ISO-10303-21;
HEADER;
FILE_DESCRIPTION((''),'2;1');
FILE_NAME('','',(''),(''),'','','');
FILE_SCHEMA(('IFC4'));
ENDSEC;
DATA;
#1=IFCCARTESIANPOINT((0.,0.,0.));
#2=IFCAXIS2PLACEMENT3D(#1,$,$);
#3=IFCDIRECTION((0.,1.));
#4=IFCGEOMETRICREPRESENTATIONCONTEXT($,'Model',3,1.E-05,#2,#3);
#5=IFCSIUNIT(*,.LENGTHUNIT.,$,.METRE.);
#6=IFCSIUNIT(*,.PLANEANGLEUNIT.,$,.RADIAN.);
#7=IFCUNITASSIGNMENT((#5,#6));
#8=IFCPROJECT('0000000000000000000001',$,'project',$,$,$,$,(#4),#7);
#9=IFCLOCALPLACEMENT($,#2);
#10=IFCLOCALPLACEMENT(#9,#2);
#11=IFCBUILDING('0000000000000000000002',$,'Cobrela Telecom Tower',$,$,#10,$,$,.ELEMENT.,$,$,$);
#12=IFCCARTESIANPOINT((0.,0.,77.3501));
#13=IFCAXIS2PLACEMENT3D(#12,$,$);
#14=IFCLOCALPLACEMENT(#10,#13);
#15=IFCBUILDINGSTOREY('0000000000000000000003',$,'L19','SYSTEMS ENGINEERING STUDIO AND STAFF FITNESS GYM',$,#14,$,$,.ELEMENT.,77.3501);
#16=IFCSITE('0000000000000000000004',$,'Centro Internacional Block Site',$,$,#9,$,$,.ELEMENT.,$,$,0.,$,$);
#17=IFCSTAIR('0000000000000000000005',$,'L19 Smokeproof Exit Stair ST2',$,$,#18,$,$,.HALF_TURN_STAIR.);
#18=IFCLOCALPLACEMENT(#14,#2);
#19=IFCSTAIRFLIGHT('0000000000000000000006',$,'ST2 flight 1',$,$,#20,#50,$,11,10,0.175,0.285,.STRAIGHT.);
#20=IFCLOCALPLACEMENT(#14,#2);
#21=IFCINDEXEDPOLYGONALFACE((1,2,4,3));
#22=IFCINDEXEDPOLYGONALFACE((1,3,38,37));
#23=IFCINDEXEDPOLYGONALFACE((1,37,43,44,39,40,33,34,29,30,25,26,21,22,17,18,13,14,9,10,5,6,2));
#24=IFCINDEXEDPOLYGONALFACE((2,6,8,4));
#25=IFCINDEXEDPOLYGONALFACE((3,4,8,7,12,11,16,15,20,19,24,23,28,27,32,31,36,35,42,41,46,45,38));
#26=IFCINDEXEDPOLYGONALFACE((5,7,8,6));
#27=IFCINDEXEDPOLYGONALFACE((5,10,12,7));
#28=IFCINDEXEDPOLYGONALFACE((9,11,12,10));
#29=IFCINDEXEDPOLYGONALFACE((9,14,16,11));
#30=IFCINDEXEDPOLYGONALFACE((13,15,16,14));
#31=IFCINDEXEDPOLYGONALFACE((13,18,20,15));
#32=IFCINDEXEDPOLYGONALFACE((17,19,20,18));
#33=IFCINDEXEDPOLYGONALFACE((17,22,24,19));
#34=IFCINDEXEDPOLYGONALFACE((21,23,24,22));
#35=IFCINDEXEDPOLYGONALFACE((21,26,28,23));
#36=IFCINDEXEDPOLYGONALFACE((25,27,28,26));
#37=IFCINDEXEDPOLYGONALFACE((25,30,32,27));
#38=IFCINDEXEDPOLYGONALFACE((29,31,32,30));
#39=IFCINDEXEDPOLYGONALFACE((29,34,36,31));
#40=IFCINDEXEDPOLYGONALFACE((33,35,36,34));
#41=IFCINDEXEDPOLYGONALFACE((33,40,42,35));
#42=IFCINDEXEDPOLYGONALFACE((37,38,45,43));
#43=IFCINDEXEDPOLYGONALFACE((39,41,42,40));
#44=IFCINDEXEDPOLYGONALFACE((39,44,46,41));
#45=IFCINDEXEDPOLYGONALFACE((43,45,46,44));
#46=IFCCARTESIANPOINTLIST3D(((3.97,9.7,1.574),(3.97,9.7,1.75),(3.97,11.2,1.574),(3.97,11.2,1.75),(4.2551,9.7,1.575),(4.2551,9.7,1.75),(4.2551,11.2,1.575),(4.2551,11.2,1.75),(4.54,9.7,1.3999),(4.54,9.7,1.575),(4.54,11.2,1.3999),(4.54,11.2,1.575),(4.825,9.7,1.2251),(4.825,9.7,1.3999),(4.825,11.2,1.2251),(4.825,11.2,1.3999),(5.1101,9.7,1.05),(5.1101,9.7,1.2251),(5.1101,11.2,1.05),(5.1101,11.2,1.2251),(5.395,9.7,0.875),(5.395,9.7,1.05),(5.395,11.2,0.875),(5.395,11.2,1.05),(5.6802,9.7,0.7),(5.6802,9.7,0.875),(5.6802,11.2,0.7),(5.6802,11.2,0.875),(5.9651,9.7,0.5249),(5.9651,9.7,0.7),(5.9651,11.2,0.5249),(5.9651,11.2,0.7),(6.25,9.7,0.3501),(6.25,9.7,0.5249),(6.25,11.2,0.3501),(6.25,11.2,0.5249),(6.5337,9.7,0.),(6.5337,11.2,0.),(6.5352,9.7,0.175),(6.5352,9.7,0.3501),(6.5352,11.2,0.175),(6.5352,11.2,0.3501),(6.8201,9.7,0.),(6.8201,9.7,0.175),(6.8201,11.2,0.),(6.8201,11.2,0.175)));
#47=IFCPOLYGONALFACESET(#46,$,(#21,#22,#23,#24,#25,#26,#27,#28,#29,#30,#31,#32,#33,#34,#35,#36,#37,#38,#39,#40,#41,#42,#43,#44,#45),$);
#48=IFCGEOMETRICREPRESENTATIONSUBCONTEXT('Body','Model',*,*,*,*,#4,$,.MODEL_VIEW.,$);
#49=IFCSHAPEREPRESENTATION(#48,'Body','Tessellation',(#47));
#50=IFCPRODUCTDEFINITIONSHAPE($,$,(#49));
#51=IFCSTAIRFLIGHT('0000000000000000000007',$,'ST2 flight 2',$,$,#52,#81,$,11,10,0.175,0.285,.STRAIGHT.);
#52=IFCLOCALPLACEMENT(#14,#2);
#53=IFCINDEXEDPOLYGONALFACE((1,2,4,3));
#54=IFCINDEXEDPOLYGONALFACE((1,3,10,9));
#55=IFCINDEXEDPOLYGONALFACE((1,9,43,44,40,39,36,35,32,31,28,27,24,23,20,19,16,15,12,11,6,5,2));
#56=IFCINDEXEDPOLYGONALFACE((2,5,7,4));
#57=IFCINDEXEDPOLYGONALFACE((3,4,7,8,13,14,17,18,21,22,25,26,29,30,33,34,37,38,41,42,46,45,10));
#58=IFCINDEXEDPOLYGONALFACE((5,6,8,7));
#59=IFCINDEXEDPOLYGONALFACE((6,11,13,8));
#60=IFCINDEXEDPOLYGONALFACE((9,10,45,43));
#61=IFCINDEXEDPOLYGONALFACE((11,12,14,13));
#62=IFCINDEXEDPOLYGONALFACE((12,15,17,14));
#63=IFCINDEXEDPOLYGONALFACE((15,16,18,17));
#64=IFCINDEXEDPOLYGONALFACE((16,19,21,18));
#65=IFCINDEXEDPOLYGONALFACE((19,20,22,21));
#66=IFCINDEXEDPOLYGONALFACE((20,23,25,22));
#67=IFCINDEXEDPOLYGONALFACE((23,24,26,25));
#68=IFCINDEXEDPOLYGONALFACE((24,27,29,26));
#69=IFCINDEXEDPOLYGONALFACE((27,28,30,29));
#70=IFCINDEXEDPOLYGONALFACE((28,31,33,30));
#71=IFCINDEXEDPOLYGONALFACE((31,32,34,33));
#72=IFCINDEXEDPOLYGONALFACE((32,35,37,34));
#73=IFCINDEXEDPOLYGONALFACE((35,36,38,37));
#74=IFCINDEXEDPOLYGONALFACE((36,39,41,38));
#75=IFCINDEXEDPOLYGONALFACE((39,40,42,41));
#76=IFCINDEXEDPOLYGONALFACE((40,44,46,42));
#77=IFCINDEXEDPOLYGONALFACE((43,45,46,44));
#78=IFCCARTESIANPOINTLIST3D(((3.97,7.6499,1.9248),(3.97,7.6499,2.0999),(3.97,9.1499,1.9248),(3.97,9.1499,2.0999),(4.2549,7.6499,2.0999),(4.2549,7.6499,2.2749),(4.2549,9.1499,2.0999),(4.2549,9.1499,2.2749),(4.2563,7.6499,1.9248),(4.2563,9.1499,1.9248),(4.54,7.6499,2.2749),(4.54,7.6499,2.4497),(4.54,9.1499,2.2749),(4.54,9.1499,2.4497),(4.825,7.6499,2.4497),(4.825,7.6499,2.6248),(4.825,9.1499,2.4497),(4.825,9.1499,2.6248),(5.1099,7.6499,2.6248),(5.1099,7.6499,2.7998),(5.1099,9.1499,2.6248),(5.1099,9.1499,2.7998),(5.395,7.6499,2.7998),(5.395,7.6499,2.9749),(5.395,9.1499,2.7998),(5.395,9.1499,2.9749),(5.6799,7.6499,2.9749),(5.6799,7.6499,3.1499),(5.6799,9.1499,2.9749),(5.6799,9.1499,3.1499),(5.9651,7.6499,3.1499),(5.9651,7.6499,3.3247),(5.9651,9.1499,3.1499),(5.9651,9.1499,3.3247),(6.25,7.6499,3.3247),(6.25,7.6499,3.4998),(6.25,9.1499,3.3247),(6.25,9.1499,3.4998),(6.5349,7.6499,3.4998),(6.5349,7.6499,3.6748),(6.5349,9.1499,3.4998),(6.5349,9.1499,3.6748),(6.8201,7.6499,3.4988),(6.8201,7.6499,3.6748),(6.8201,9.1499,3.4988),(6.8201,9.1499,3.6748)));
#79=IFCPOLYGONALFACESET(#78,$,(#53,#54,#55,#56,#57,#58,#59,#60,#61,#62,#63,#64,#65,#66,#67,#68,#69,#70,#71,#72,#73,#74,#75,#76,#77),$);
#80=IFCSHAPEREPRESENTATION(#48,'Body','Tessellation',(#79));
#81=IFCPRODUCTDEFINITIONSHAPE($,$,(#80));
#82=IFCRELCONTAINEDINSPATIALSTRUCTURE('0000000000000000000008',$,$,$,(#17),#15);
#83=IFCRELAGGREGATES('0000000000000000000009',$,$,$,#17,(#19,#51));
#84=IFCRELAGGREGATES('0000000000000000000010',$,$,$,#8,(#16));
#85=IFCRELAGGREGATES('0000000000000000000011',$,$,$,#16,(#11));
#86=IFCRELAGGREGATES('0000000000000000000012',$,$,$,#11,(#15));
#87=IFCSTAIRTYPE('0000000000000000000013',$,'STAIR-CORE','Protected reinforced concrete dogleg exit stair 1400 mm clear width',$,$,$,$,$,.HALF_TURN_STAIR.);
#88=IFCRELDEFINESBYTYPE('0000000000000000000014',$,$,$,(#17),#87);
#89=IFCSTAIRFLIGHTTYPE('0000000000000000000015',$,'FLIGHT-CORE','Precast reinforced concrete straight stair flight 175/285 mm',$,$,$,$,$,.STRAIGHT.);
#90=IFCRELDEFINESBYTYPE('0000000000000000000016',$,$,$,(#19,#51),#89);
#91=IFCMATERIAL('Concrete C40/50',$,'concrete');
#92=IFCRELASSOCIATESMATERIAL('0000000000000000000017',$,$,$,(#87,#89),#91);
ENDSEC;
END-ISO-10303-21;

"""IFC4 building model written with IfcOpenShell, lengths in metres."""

from ifc_helpers import new_model, si_unit, direction, frame, origin, place, context, subcontext, project, spatial, polyline, outline, extrude, material, type_object, element, aggregate, save


model = new_model("IFC4")

# Units and contexts
model_context = context("Model", 3, precision=1e-05, world=origin(), true_north=direction((0.0, 1.0)))
body_context = subcontext(model_context, "Body", "Model", "MODEL_VIEW")
ifc_project = project(units=[si_unit("LENGTHUNIT", "METRE"), si_unit("PLANEANGLEUNIT", "RADIAN")], contexts=[model_context])

# Site, building, storey
site_placement = place(None, origin())
site = spatial("IfcSite", under=ifc_project, at=site_placement, Name="Centro Internacional Block Site", CompositionType="ELEMENT", RefElevation=0.0)
building_placement = place(site_placement, origin())
building = spatial("IfcBuilding", under=site, at=building_placement, Name="Cobrela Telecom Tower", CompositionType="ELEMENT")
storey_placement = place(building_placement, frame((0.0, 0.0, 77.3501)))
storey = spatial("IfcBuildingStorey", under=building, at=storey_placement, Name="L19", Description="SYSTEMS ENGINEERING STUDIO AND STAFF FITNESS GYM", CompositionType="ELEMENT", Elevation=77.3501)

# Shared definitions
ifc_material_1 = material(Name="Concrete C40/50", Category="concrete")

# Stair, stair flights
stair_type = type_object("IfcStairType", Name="STAIR-CORE", Description="Protected reinforced concrete dogleg exit stair 1400 mm clear width", PredefinedType="HALF_TURN_STAIR", material=ifc_material_1)
stair_placement = place(storey_placement, origin())
stair = element("IfcStair", 1, at=stair_placement, inside=storey, type_object=stair_type, Name="L19 Smokeproof Exit Stair ST2", PredefinedType="HALF_TURN_STAIR")
stair_flight_type = type_object("IfcStairFlightType", Name="FLIGHT-CORE", Description="Precast reinforced concrete straight stair flight 175/285 mm", PredefinedType="STRAIGHT", material=ifc_material_1)
stair_flight_1_placement = place(storey_placement, frame((6.8201, 10.45, 0.0), z_axis=(0.0, 0.0, 1.0), x_axis=(-1.0, 0.0, 0.0)))
stair_flight_1 = element("IfcStairFlight", 2, at=stair_flight_1_placement, type_object=stair_flight_type, Name="ST2 flight 1", NumberOfRisers=11, NumberOfTreads=10, PredefinedType="STRAIGHT", RiserHeight=0.175, TreadLength=0.285, context=body_context, shape_type="SweptSolid", body=[
    extrude(outline(polyline([(0.0, 0.0), (0.0, 0.175), (0.2849, 0.175), (0.2849, 0.3501), (0.5701, 0.3501), (0.5701, 0.5249), (0.855, 0.5249), (0.855, 0.7), (1.1399, 0.7), (1.1399, 0.875), (1.425, 0.875), (1.425, 1.05), (1.71, 1.05), (1.71, 1.2251), (1.9951, 1.2251), (1.9951, 1.3999), (2.28, 1.3999), (2.28, 1.575), (2.5649, 1.575), (2.5649, 1.75), (2.8501, 1.75), (2.8501, 1.925), (2.8501, 1.574), (0.2864, 0.0), (0.0, 0.0)])), frame((0.0, 0.75, 0.0), z_axis=(0.0, -1.0, 0.0), x_axis=(1.0, 0.0, 0.0)), (0.0, 0.0, 1.0), 1.5),
])
stair_flight_2_placement = place(storey_placement, frame((3.97, 8.3999, 1.9248), z_axis=(0.0, 0.0, 1.0), x_axis=(1.0, 0.0, 0.0)))
stair_flight_2 = element("IfcStairFlight", 3, at=stair_flight_2_placement, type_object=stair_flight_type, Name="ST2 flight 2", NumberOfRisers=11, NumberOfTreads=10, PredefinedType="STRAIGHT", RiserHeight=0.175, TreadLength=0.285, context=body_context, shape_type="SweptSolid", body=[
    extrude(outline(polyline([(0.0, 0.0), (0.0, 0.175), (0.2849, 0.175), (0.2849, 0.3501), (0.5701, 0.3501), (0.5701, 0.5249), (0.855, 0.5249), (0.855, 0.7), (1.1399, 0.7), (1.1399, 0.875), (1.425, 0.875), (1.425, 1.05), (1.71, 1.05), (1.71, 1.2251), (1.9951, 1.2251), (1.9951, 1.3999), (2.28, 1.3999), (2.28, 1.575), (2.5649, 1.575), (2.5649, 1.75), (2.8501, 1.75), (2.8501, 1.925), (2.8501, 1.574), (0.2864, 0.0), (0.0, 0.0)])), frame((0.0, 0.75, 0.0), z_axis=(0.0, -1.0, 0.0), x_axis=(1.0, 0.0, 0.0)), (0.0, 0.0, 1.0), 1.5),
])
aggregate(stair, [stair_flight_1, stair_flight_2])

save(model, "model.ifc")
